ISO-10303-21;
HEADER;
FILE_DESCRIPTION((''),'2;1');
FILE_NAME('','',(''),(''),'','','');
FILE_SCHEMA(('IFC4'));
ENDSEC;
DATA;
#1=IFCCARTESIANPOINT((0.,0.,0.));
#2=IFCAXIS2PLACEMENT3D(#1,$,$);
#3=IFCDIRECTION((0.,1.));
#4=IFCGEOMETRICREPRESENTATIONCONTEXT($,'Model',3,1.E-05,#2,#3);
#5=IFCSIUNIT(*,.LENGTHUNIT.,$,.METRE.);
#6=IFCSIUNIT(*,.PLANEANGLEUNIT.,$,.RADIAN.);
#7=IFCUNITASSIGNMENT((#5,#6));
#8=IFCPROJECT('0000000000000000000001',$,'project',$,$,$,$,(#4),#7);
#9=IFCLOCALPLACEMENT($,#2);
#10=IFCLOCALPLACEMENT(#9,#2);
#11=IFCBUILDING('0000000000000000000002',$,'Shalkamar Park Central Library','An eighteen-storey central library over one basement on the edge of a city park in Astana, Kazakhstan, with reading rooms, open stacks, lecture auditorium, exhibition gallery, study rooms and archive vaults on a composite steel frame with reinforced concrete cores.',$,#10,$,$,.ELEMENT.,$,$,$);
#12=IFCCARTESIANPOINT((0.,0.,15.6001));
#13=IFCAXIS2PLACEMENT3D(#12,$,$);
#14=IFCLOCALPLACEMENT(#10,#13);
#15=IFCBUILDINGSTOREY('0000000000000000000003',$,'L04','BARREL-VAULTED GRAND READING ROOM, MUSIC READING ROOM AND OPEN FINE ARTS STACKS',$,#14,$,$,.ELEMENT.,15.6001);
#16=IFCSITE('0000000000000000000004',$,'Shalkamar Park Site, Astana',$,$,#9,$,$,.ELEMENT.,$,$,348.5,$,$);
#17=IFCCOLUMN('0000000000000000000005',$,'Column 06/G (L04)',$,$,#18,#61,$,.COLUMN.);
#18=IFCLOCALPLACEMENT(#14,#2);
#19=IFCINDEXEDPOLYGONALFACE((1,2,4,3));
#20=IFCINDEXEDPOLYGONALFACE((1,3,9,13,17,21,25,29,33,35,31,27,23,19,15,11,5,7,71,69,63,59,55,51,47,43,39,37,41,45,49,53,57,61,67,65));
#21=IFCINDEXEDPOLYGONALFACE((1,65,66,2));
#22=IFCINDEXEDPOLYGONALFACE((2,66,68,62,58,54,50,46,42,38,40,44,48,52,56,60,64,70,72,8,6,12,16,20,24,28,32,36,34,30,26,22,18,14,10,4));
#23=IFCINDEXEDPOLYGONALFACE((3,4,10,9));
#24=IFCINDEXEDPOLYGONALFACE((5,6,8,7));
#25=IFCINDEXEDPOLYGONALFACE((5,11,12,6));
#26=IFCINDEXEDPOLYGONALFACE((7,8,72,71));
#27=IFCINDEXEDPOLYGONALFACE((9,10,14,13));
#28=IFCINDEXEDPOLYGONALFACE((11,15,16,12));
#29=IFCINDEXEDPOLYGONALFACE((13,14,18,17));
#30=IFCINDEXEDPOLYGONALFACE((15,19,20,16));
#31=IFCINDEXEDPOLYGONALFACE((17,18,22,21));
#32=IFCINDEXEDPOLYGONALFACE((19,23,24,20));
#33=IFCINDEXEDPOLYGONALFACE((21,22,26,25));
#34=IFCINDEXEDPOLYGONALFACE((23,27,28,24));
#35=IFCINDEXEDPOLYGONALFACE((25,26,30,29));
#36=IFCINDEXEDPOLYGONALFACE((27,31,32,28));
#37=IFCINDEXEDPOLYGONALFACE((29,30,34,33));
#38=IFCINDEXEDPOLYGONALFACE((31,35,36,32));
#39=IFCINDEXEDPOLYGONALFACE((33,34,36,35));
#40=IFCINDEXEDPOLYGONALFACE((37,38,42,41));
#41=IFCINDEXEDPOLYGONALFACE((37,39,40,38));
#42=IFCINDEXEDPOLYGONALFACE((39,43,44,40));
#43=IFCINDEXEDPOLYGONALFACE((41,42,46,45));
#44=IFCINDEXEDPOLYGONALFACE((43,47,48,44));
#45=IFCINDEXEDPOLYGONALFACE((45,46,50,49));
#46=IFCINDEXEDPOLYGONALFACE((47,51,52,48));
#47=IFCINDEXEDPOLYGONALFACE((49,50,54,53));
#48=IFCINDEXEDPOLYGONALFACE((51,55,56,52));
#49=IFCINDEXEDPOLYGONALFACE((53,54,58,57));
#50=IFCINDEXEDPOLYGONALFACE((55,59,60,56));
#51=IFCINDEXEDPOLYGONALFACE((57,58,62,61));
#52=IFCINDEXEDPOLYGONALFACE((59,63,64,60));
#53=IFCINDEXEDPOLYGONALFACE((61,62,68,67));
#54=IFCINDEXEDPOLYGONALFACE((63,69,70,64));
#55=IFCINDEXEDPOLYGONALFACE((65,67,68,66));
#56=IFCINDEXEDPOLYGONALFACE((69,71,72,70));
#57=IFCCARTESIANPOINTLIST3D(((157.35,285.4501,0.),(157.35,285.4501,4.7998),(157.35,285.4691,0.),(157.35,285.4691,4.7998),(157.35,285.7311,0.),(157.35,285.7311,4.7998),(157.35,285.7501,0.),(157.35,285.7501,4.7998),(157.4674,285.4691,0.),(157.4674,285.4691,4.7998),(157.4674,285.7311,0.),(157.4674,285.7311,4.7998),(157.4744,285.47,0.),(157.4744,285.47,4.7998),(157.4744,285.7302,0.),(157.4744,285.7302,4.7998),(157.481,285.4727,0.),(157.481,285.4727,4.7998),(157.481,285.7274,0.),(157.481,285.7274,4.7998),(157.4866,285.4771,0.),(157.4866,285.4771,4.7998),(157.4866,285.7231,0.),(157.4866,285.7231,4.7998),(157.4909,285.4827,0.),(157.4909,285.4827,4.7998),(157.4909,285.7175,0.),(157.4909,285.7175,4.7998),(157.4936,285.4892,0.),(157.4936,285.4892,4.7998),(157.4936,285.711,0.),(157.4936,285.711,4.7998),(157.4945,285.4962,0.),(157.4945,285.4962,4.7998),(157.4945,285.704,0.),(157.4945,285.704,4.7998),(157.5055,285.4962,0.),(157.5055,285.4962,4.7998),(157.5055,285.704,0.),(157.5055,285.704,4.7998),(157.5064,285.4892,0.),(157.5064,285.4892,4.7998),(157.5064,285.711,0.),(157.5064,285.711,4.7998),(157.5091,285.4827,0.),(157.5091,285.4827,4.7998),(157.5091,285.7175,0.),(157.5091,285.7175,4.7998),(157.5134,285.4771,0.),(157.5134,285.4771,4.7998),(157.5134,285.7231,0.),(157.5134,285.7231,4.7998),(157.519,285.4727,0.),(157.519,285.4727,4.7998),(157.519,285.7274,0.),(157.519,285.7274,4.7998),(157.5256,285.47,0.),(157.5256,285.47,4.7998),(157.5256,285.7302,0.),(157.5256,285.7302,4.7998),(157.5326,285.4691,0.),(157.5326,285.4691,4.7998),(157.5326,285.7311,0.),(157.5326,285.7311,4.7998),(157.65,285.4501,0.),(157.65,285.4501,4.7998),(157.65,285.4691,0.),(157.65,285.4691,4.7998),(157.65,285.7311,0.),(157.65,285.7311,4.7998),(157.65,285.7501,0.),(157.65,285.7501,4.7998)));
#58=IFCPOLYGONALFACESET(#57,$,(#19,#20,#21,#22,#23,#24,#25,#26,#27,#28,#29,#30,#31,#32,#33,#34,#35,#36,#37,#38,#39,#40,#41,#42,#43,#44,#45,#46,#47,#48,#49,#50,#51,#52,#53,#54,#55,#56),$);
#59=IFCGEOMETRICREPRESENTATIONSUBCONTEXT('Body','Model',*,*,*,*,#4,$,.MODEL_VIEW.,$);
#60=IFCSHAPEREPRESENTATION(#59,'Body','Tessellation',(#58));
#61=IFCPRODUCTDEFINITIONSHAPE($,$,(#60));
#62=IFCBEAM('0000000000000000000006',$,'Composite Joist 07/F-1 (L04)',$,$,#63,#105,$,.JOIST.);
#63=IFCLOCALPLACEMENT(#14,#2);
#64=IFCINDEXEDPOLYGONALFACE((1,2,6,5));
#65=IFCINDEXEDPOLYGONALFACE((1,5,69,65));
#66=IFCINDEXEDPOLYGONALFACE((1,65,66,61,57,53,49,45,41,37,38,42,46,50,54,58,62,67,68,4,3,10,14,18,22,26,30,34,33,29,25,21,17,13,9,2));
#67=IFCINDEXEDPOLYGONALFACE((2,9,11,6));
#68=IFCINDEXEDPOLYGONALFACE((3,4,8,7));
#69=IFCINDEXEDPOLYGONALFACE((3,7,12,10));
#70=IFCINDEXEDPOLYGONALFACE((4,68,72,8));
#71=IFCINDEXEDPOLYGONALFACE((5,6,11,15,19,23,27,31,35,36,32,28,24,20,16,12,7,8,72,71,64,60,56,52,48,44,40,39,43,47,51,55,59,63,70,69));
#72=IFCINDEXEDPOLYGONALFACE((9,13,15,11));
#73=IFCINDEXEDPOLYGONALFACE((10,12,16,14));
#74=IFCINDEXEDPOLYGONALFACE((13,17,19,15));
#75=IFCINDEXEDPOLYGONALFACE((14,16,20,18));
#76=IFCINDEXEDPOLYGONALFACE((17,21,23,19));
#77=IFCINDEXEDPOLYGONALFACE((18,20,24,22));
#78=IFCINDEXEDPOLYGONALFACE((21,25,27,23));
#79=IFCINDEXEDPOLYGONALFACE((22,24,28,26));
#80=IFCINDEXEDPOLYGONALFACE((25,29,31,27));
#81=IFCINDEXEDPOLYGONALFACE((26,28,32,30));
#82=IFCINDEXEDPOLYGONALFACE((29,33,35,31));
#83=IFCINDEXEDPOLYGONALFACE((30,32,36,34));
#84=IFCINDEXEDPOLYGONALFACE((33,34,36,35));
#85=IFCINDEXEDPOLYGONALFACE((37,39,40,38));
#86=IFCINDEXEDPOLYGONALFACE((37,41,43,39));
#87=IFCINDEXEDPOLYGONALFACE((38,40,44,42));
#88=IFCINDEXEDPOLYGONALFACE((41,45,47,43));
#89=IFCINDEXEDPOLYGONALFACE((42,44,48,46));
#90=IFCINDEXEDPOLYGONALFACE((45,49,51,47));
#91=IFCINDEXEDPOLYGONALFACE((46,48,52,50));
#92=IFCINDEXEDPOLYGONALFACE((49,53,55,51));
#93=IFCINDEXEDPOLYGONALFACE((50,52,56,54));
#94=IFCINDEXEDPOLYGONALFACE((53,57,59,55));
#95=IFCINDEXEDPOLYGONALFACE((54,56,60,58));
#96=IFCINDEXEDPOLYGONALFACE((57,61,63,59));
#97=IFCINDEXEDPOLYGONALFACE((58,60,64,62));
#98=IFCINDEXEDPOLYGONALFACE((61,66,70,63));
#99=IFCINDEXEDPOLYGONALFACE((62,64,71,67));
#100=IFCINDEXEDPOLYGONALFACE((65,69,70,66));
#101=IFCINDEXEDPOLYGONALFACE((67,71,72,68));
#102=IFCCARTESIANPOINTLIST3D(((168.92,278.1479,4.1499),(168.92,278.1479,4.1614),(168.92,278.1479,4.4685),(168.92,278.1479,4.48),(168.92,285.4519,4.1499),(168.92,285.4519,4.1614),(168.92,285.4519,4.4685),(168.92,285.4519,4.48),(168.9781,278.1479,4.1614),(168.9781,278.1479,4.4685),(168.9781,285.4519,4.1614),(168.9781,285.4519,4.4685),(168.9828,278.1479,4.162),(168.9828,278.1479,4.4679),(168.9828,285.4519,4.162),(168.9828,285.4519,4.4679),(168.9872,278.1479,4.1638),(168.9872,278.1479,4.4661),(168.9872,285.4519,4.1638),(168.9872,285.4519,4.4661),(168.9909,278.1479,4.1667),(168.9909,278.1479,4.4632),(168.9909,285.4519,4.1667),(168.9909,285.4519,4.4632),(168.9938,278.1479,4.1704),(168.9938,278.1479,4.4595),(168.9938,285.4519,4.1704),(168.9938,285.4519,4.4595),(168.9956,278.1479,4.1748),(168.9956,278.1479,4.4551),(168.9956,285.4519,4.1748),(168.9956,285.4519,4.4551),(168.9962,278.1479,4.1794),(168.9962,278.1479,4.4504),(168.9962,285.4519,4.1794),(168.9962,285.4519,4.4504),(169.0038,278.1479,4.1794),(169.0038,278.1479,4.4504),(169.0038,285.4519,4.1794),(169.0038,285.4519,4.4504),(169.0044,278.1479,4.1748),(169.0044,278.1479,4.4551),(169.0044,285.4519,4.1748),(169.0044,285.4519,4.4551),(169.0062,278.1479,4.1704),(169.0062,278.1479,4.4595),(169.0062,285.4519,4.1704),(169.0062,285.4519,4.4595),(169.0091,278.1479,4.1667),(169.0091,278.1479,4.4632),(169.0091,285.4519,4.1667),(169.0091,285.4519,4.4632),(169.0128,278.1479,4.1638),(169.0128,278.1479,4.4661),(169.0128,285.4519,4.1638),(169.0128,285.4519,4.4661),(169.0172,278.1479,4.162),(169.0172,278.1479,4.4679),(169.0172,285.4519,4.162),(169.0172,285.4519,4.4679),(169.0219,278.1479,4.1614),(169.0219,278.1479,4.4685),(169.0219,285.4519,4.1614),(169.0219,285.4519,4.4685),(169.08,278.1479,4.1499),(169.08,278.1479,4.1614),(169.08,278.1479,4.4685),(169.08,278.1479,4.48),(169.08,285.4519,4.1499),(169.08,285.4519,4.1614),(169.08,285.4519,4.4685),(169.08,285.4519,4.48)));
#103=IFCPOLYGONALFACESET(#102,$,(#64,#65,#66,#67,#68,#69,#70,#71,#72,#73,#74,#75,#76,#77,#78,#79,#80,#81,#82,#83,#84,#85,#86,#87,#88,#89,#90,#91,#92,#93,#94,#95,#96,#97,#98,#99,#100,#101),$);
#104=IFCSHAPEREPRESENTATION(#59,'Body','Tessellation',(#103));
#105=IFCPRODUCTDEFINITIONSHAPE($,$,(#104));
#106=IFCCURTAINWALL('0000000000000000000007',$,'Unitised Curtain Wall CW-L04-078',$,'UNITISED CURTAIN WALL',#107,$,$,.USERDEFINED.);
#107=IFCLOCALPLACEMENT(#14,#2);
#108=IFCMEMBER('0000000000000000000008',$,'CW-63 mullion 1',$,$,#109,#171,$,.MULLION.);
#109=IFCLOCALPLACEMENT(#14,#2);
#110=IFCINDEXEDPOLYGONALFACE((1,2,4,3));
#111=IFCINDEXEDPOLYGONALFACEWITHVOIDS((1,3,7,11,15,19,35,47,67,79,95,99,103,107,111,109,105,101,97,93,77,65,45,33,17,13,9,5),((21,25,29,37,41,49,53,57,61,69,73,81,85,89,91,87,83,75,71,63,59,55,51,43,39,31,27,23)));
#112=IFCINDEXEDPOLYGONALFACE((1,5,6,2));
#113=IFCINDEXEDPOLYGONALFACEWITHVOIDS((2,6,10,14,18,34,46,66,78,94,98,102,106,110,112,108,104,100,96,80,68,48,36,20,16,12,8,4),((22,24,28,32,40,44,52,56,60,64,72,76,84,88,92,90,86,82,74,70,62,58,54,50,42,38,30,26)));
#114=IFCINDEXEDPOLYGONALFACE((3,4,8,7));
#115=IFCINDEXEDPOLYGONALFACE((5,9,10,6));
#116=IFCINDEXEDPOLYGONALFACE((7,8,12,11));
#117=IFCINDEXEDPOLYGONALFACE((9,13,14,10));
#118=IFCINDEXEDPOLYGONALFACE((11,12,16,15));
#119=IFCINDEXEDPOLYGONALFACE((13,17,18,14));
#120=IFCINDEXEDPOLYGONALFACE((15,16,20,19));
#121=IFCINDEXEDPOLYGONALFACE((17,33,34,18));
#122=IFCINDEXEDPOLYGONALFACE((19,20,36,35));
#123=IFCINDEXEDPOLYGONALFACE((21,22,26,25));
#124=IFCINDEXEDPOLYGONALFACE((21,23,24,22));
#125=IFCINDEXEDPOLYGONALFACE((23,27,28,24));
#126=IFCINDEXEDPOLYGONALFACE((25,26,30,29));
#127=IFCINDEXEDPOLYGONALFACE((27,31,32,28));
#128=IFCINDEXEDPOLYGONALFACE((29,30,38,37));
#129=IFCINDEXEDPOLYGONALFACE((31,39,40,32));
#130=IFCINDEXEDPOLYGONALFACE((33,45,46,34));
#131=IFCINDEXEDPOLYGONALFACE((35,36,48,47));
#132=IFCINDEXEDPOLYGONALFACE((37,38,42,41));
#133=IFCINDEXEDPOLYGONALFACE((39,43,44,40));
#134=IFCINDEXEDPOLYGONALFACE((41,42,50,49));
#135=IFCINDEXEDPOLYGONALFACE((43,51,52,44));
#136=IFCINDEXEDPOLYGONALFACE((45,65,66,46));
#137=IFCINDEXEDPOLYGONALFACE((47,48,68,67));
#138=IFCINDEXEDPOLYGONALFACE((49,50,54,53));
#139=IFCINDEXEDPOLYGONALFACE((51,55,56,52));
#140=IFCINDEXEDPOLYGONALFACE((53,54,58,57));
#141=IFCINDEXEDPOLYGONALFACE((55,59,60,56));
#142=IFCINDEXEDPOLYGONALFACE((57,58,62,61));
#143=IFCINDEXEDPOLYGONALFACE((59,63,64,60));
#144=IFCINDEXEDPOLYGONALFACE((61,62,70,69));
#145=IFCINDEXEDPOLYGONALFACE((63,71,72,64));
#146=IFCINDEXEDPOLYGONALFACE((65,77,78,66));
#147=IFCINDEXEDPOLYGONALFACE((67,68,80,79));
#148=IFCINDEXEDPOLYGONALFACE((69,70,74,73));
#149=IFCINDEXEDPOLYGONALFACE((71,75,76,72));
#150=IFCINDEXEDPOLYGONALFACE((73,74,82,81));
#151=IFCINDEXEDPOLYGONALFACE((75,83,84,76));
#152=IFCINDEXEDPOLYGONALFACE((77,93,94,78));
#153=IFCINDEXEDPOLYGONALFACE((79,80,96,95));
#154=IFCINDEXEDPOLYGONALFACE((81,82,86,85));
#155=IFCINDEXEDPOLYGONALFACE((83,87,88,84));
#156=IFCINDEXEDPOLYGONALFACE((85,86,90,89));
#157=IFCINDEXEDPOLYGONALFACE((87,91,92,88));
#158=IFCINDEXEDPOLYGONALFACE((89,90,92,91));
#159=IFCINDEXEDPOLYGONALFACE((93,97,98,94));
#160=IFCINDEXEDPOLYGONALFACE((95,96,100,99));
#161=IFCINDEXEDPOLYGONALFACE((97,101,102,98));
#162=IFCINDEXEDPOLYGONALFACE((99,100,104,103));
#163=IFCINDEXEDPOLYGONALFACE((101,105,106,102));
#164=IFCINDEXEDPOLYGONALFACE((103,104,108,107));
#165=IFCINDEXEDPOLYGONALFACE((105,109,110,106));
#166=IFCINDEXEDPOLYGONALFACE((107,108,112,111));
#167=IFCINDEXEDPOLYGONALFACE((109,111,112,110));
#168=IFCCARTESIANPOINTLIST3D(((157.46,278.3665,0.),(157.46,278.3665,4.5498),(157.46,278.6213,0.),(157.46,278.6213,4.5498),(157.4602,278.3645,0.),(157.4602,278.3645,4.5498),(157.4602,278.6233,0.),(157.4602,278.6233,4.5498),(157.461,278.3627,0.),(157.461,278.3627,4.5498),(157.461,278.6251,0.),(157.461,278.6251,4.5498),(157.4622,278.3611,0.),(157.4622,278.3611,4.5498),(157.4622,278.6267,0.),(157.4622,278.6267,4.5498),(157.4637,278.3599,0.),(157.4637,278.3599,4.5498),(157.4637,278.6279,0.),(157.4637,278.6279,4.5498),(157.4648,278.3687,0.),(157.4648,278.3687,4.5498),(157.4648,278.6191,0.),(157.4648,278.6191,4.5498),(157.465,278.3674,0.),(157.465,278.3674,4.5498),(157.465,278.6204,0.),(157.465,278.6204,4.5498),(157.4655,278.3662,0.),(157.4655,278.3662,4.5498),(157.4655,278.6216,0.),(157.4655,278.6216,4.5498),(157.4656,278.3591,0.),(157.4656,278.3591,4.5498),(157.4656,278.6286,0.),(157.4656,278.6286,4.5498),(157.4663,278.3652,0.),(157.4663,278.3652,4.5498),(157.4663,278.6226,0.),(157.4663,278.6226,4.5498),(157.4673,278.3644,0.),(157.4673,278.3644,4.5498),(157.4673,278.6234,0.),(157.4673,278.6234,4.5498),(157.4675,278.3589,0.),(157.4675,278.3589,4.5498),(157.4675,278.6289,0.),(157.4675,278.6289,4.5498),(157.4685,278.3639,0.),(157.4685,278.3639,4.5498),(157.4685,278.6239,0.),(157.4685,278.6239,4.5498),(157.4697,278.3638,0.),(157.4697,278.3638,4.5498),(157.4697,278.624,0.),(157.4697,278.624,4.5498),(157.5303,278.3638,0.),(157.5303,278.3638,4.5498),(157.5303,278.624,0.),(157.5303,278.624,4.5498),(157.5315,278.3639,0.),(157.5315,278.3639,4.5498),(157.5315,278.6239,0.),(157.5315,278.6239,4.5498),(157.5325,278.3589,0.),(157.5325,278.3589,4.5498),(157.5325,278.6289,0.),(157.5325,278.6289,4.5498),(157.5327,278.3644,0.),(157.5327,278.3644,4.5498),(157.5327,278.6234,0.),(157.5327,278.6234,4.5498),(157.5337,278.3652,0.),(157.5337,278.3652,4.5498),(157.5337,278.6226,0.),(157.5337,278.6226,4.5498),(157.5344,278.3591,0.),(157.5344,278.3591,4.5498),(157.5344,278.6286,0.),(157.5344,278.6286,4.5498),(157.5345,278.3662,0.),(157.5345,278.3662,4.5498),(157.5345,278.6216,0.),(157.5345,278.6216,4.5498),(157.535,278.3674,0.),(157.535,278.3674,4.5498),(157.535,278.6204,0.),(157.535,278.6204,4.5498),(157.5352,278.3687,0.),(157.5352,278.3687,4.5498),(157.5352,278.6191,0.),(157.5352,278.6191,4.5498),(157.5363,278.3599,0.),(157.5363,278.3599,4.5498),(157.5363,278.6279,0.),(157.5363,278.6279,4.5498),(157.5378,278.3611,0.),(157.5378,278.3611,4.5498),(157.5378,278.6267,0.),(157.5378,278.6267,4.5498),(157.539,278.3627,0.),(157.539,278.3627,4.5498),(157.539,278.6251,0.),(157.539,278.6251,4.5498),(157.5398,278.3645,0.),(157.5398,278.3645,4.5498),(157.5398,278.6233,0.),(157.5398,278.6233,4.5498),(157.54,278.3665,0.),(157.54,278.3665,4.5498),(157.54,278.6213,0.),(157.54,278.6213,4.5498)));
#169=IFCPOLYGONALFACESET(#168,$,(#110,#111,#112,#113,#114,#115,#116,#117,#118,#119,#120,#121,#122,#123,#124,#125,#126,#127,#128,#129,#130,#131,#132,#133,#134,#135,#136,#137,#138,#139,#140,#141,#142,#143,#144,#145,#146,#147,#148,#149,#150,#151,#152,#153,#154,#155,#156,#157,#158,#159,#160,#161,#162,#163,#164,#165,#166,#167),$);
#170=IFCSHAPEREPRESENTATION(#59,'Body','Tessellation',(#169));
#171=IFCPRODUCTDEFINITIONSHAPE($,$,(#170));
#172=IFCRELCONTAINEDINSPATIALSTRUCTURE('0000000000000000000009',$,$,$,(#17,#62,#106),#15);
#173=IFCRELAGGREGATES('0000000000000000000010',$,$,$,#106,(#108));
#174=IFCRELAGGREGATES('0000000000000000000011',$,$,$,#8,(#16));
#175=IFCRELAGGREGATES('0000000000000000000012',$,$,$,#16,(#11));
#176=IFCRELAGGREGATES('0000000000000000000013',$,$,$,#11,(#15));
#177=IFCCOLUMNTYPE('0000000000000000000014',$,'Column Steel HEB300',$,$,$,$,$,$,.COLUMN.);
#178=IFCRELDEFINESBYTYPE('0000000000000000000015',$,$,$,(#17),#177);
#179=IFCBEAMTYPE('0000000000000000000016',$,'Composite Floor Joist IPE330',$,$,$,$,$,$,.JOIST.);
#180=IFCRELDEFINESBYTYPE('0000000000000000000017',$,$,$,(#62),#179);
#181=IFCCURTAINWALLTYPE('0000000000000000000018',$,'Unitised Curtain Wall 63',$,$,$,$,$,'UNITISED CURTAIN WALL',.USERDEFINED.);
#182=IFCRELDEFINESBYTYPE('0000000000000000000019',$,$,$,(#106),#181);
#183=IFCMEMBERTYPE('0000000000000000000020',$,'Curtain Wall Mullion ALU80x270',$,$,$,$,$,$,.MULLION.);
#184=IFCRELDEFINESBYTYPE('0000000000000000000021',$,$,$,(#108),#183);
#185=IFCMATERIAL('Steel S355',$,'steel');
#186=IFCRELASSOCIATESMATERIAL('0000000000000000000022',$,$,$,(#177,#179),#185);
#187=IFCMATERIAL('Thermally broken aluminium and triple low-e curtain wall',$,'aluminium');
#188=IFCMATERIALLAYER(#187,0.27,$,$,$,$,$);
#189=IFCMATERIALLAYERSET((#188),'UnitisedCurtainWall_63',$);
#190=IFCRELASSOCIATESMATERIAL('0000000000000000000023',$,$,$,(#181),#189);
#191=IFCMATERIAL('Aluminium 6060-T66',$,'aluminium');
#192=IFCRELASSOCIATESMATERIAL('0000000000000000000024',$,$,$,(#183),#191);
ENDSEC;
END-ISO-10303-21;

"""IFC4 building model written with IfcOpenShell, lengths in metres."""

from ifc_helpers import new_model, si_unit, direction, frame, origin, origin_2d, place, context, subcontext, project, spatial, hollow_rectangle, i_section, extrude, material, layer, layer_set, material_profile, profile_set, type_object, element, aggregate, save


model = new_model("IFC4")

# Units and contexts
model_context = context("Model", 3, precision=1e-05, world=origin(), true_north=direction((0.0, 1.0)))
body_context = subcontext(model_context, "Body", "Model", "MODEL_VIEW")
ifc_project = project(units=[si_unit("LENGTHUNIT", "METRE"), si_unit("PLANEANGLEUNIT", "RADIAN")], contexts=[model_context])

# Site, building, storey
site_placement = place(None, origin())
site = spatial("IfcSite", under=ifc_project, at=site_placement, Name="Shalkamar Park Site, Astana", CompositionType="ELEMENT", RefElevation=348.5)
building_placement = place(site_placement, origin())
building = spatial("IfcBuilding", under=site, at=building_placement, Name="Shalkamar Park Central Library", Description="An eighteen-storey central library over one basement on the edge of a city park in Astana, Kazakhstan, with reading rooms, open stacks, lecture auditorium, exhibition gallery, study rooms and archive vaults on a composite steel frame with reinforced concrete cores.", CompositionType="ELEMENT")
storey_placement = place(building_placement, frame((0.0, 0.0, 15.6001)))
storey = spatial("IfcBuildingStorey", under=building, at=storey_placement, Name="L04", Description="BARREL-VAULTED GRAND READING ROOM, MUSIC READING ROOM AND OPEN FINE ARTS STACKS", CompositionType="ELEMENT", Elevation=15.6001)

# Column
ifc_material_1 = material(Name="Steel S355", Category="steel")
ifc_material_profile_1 = material_profile(ifc_material_1, i_section(OverallWidth=0.3, OverallDepth=0.3, WebThickness=0.011, FlangeThickness=0.019, FilletRadius=0.0271, at=origin_2d()), Name="HEB 300")
ifc_profile_set_1 = profile_set([ifc_material_profile_1], Name="Steel S355")
column_type_1 = type_object("IfcColumnType", Name="Column Steel HEB300", PredefinedType="COLUMN", material=ifc_profile_set_1)
column_1_placement = place(storey_placement, frame((157.5, 285.6001, 0.0), z_axis=(0.0, 0.0, 1.0), x_axis=(1.0, 0.0, 0.0)))
element("IfcColumn", 1, at=column_1_placement, inside=storey, type_object=column_type_1, Name="Column 06/G (L04)", PredefinedType="COLUMN", context=body_context, shape_type="SweptSolid", body=[
    extrude(i_section(OverallWidth=0.3, OverallDepth=0.3, WebThickness=0.011, FlangeThickness=0.019, FilletRadius=0.0271, at=origin_2d()), origin(), (0.0, 0.0, 1.0), 4.7998),
])

# Beam
ifc_material_profile_2 = material_profile(ifc_material_1, i_section(OverallWidth=0.1599, OverallDepth=0.3301, WebThickness=0.0076, FlangeThickness=0.0115, FilletRadius=0.0181, at=origin_2d()), Name="IPE 330")
ifc_profile_set_2 = profile_set([ifc_material_profile_2], Name="Steel S355")
beam_type_1 = type_object("IfcBeamType", Name="Composite Floor Joist IPE330", PredefinedType="JOIST", material=ifc_profile_set_2)
beam_1_placement = place(storey_placement, frame((169.0, 278.1479, 4.3149), z_axis=(0.0, 1.0, 0.0), x_axis=(-1.0, 0.0, 0.0)))
element("IfcBeam", 2, at=beam_1_placement, inside=storey, type_object=beam_type_1, Name="Composite Joist 07/F-1 (L04)", PredefinedType="JOIST", context=body_context, shape_type="SweptSolid", body=[
    extrude(i_section(OverallWidth=0.1599, OverallDepth=0.3301, WebThickness=0.0076, FlangeThickness=0.0115, FilletRadius=0.0181, at=origin_2d()), origin(), (0.0, 0.0, 1.0), 7.304),
])

# Curtain wall, member
ifc_material_2 = material(Name="Thermally broken aluminium and triple low-e curtain wall", Category="aluminium")
ifc_layer_1 = layer(ifc_material_2, 0.27)
ifc_layer_set_1 = layer_set([ifc_layer_1], Name="UnitisedCurtainWall_63")
curtain_wall_type = type_object("IfcCurtainWallType", Name="Unitised Curtain Wall 63", ElementType="UNITISED CURTAIN WALL", PredefinedType="USERDEFINED", material=ifc_layer_set_1)
curtain_wall_placement = place(storey_placement, origin())
curtain_wall = element("IfcCurtainWall", 3, at=curtain_wall_placement, inside=storey, type_object=curtain_wall_type, Name="Unitised Curtain Wall CW-L04-078", ObjectType="UNITISED CURTAIN WALL", PredefinedType="USERDEFINED")
ifc_material_3 = material(Name="Aluminium 6060-T66", Category="aluminium")
ifc_material_profile_3 = material_profile(ifc_material_3, hollow_rectangle(XDim=0.0801, YDim=0.27, WallThickness=0.0049, InnerFilletRadius=0.0049, OuterFilletRadius=0.0076, at=origin_2d()), Name="ALU 80x270x5")
ifc_profile_set_3 = profile_set([ifc_material_profile_3], Name="Aluminium 6060-T66")
member_type_1 = type_object("IfcMemberType", Name="Curtain Wall Mullion ALU80x270", PredefinedType="MULLION", material=ifc_profile_set_3)
member_1_placement = place(storey_placement, frame((157.5, 278.4939, 0.0), z_axis=(0.0, 0.0, 1.0), x_axis=(-1.0, 0.0, 0.0)))
member_1 = element("IfcMember", 4, at=member_1_placement, type_object=member_type_1, Name="CW-63 mullion 1", PredefinedType="MULLION", context=body_context, shape_type="SweptSolid", body=[
    extrude(hollow_rectangle(XDim=0.0801, YDim=0.27, WallThickness=0.0049, InnerFilletRadius=0.0049, OuterFilletRadius=0.0076, at=origin_2d()), origin(), (0.0, 0.0, 1.0), 4.5498),
])

aggregate(curtain_wall, [member_1])

save(model, "model.ifc")
